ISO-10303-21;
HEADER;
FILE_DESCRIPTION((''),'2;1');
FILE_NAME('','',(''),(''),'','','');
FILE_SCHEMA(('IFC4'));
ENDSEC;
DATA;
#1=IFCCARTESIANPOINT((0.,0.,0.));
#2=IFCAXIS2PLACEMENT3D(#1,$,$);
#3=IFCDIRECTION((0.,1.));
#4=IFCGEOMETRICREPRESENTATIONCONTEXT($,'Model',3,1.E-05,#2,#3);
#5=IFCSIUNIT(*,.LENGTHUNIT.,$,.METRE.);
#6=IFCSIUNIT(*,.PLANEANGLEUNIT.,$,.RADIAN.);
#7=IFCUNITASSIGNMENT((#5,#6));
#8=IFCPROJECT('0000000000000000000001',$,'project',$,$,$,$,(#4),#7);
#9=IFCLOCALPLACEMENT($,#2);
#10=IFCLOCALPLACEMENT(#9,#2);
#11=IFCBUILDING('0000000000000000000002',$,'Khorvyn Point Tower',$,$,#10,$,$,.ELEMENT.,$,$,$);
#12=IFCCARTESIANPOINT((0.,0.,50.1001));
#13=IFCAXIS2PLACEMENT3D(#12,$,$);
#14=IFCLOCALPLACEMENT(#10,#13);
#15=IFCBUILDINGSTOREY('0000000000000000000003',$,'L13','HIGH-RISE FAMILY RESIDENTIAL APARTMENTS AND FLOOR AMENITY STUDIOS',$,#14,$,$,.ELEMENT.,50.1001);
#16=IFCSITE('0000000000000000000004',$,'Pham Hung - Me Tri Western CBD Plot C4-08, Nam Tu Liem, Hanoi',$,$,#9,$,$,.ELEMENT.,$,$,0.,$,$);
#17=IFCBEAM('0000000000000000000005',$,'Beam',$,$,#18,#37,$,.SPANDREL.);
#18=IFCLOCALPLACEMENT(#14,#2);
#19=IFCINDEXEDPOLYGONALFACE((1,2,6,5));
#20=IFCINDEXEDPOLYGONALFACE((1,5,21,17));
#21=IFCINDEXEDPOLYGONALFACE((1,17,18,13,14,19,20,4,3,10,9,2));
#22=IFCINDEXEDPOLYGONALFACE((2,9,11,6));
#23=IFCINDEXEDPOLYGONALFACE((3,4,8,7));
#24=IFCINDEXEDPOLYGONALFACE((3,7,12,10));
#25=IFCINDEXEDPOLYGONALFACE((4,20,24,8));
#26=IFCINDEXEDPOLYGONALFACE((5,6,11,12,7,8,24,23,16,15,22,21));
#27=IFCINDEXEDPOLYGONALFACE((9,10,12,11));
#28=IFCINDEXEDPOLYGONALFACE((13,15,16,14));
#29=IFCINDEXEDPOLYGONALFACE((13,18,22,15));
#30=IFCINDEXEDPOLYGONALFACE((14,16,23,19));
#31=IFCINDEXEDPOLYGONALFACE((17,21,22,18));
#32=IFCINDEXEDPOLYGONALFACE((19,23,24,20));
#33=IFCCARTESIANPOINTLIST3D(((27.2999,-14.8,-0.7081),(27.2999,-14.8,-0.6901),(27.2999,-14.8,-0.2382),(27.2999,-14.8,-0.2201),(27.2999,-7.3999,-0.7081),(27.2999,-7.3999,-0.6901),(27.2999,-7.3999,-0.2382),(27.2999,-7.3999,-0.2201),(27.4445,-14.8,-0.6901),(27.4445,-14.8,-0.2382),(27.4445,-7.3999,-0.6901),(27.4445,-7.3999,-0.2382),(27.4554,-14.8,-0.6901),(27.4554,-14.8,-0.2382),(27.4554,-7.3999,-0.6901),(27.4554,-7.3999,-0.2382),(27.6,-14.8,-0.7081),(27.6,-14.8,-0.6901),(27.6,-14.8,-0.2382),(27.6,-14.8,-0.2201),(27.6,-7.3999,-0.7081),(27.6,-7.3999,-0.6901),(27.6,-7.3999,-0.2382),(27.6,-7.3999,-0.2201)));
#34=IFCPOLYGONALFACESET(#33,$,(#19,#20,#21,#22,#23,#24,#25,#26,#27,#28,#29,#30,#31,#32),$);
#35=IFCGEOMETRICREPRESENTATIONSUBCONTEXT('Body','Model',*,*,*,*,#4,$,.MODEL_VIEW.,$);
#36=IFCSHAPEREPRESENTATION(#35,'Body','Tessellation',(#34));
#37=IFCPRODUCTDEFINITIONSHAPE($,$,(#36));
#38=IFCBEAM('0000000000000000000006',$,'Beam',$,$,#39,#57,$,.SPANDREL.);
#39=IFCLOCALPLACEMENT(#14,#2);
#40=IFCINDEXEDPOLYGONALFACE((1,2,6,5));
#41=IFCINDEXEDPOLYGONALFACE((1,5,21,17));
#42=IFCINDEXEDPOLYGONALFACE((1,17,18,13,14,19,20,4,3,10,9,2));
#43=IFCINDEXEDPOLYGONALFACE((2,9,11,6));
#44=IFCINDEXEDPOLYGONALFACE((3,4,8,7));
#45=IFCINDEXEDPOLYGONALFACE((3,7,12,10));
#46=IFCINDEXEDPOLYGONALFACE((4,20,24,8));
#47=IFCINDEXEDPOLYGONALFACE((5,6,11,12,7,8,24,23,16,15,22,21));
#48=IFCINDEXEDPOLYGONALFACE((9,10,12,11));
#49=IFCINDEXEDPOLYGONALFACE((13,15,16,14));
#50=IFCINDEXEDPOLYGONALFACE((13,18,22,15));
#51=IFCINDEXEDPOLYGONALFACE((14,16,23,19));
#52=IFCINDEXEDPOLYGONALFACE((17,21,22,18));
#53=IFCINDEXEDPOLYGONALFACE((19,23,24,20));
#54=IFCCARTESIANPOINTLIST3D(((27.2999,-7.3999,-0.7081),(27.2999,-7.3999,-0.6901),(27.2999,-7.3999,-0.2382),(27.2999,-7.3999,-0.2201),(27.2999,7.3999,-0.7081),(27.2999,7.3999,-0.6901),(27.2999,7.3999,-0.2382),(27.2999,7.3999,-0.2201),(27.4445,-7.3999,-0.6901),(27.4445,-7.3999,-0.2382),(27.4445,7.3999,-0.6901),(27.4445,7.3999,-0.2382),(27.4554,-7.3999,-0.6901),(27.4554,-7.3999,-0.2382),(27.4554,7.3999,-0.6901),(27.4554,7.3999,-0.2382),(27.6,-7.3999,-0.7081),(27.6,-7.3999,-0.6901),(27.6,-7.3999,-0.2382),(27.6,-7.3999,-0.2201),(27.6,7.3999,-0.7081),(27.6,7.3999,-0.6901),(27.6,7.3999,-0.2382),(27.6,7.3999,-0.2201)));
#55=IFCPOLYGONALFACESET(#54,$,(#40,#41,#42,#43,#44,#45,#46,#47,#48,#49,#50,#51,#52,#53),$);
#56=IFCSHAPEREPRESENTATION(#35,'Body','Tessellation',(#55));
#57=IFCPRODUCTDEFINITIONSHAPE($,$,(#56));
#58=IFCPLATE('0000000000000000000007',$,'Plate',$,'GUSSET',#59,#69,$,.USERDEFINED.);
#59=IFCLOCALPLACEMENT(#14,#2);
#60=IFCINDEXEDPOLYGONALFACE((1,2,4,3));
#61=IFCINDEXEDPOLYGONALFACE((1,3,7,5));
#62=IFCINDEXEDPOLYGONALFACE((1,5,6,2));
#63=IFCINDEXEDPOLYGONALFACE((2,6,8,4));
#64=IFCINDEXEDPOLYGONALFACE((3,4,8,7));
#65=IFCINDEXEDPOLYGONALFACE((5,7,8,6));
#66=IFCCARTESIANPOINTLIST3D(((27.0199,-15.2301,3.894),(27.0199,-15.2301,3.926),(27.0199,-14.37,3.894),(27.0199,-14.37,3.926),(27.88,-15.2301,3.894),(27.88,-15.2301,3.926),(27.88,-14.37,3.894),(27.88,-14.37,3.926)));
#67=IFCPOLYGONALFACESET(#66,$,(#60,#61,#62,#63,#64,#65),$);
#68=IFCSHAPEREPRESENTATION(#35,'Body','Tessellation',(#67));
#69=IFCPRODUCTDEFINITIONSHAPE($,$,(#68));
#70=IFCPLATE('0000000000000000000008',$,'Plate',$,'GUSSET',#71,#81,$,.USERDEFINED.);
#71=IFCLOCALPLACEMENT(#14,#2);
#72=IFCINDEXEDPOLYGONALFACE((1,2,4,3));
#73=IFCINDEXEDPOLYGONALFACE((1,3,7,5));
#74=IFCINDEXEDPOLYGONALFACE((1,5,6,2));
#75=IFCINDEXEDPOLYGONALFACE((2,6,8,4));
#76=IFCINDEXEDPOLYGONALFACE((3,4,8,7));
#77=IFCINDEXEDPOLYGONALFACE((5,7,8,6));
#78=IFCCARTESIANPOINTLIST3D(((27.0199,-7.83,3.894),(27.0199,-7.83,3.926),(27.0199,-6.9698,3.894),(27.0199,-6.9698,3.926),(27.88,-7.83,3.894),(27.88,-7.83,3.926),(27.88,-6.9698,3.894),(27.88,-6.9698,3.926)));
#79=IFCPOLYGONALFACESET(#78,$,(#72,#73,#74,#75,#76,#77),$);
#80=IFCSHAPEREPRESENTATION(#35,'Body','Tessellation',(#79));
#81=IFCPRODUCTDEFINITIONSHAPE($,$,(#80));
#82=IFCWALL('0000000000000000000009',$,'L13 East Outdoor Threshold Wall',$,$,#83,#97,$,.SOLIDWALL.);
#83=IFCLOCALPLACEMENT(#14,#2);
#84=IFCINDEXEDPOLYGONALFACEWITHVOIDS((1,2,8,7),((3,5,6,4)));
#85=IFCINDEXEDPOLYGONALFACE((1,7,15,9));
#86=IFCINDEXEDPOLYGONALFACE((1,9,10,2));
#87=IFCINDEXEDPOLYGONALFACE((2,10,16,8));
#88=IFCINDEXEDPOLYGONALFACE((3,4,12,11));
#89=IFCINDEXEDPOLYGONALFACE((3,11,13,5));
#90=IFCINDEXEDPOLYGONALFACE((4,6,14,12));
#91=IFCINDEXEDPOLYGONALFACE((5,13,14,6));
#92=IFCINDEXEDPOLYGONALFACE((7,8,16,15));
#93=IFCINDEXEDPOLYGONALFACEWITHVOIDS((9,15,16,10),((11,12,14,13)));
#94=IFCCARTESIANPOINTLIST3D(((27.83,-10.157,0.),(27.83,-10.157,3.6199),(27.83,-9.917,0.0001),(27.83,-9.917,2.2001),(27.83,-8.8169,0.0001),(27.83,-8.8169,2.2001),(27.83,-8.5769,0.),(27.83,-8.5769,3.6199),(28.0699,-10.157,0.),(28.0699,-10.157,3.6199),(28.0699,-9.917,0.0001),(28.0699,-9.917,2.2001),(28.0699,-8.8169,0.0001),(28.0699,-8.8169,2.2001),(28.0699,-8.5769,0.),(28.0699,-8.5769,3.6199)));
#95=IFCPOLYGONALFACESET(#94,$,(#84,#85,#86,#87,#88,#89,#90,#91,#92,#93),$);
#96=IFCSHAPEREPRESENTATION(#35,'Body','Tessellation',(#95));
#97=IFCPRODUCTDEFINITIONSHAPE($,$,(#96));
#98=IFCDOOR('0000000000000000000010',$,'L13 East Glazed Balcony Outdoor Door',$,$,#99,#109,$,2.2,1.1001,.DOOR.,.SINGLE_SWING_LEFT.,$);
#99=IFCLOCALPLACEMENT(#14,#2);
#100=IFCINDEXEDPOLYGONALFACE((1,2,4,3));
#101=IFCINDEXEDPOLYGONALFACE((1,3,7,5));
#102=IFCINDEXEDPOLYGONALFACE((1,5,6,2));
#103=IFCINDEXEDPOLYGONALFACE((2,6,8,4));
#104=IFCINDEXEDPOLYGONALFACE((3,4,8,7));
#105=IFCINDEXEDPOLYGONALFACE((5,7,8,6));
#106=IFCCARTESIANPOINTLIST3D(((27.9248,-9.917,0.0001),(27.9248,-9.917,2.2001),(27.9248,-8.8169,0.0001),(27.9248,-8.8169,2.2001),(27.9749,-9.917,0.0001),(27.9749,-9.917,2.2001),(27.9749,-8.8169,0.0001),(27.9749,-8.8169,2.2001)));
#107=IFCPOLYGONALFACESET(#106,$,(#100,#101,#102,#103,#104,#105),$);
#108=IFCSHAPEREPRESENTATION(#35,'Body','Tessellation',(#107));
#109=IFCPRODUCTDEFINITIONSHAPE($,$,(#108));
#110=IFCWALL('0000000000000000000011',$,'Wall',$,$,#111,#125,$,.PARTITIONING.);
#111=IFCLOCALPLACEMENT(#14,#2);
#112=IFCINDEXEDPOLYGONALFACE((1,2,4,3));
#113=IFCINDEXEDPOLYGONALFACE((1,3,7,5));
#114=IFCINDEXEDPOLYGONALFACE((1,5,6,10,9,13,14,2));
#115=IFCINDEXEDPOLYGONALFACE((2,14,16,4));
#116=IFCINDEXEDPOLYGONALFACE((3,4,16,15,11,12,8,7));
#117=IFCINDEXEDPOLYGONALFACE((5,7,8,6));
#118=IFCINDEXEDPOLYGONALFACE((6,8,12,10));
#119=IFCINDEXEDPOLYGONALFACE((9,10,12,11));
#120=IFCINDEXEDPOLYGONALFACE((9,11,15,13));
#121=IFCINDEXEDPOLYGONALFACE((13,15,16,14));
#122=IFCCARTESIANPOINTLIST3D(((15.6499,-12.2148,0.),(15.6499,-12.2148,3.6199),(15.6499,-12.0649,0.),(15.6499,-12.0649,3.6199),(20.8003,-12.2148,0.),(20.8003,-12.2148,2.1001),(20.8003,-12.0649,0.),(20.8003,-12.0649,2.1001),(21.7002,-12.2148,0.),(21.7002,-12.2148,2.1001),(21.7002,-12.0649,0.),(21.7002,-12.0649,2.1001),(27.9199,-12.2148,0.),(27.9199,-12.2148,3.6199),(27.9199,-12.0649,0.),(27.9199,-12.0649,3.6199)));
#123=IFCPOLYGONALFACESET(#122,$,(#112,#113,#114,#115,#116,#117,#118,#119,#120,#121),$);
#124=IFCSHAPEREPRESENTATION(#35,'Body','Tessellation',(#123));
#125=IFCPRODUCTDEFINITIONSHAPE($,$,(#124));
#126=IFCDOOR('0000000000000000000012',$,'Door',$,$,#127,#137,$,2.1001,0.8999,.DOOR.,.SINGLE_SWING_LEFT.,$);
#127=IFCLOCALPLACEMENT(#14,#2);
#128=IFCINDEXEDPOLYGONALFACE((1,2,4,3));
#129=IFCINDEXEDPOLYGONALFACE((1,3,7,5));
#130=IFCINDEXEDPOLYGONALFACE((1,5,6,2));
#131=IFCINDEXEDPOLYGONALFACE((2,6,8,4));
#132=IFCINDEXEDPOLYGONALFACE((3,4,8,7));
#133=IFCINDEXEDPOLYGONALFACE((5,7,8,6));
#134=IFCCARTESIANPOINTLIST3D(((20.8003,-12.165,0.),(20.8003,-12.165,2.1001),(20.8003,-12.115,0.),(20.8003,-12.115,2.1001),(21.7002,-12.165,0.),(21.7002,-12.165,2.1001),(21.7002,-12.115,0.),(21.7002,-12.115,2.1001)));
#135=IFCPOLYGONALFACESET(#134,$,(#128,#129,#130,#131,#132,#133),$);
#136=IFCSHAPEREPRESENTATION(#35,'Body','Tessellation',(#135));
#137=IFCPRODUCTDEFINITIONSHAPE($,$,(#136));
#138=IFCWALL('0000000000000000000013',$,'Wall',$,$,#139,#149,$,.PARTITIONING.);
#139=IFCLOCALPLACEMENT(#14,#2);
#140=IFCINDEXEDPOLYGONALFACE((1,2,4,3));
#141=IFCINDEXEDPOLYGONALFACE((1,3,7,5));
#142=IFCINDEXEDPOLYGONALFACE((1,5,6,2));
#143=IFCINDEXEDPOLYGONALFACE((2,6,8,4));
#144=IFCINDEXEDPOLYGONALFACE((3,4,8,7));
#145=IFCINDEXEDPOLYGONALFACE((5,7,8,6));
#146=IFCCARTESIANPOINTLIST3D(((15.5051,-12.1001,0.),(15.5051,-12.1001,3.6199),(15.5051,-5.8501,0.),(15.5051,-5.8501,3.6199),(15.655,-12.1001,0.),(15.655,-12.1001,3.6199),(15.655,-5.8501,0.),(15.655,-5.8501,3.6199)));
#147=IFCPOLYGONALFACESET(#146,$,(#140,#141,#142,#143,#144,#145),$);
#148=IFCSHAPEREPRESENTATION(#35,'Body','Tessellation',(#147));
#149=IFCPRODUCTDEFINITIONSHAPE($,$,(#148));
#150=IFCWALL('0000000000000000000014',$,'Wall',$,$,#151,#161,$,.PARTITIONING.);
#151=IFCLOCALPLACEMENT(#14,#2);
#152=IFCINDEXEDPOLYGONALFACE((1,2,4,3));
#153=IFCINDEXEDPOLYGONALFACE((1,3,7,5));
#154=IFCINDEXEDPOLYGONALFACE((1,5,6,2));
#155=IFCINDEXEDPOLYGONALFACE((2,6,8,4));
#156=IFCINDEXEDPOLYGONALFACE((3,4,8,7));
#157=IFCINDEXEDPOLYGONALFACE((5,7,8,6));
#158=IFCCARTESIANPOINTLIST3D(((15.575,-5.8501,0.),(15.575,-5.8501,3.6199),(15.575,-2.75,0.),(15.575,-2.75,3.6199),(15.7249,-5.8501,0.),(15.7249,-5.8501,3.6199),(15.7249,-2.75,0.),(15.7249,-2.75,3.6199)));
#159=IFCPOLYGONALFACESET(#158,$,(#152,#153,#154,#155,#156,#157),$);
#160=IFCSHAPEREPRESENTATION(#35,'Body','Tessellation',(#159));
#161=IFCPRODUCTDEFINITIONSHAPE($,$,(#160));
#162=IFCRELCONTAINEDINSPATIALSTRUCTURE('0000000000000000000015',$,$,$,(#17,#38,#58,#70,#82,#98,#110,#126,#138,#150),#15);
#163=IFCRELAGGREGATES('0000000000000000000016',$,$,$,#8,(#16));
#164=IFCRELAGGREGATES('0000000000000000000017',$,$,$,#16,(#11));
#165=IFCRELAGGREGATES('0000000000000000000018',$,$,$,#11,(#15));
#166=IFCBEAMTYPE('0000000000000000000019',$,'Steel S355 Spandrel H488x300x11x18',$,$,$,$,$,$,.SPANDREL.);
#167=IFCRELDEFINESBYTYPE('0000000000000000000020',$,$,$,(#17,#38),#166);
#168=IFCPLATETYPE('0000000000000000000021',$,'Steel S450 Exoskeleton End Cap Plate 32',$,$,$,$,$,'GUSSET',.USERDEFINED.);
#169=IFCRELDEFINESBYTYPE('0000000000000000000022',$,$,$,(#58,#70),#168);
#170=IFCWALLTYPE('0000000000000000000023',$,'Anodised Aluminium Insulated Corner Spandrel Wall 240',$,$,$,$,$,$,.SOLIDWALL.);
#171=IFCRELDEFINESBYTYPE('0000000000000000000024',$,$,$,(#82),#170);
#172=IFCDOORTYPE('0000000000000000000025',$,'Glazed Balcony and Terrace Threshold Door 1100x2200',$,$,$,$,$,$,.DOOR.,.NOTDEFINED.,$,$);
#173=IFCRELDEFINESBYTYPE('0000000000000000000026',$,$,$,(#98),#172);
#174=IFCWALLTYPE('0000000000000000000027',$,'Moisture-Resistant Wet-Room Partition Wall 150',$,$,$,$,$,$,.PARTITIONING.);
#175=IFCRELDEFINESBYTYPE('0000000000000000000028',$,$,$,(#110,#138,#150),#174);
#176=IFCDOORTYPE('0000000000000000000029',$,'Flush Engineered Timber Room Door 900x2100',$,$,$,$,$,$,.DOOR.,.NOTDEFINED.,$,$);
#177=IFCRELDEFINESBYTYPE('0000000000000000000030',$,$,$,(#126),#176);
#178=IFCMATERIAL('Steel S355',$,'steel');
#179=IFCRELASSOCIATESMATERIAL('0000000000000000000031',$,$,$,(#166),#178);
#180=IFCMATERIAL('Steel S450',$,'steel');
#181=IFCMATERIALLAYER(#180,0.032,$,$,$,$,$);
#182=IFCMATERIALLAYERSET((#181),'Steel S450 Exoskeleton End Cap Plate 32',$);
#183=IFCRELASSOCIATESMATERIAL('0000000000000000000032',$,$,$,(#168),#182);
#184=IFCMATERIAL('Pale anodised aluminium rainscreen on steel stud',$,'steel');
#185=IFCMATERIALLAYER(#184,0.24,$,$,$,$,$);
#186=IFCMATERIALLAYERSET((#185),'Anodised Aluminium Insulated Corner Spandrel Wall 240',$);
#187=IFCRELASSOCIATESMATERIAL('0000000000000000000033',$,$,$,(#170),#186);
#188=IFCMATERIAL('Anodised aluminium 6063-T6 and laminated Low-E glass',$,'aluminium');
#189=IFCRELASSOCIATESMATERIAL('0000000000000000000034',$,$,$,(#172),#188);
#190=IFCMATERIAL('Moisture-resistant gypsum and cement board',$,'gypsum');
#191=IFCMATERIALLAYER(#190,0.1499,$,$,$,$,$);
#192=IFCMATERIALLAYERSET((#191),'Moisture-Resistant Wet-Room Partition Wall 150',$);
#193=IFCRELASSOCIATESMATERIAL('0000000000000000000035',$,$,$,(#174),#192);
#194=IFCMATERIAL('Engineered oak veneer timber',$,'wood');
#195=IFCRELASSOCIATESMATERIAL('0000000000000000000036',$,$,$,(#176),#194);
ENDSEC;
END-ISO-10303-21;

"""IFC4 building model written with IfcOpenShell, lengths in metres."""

from ifc_helpers import new_model, si_unit, direction, frame, frame_2d, origin, origin_2d, place, context, subcontext, project, spatial, rectangle, i_section, extrude, material, layer, layer_set, material_profile, profile_set, type_object, element, fill, save


model = new_model("IFC4")

# Units and contexts
model_context = context("Model", 3, precision=1e-05, world=origin(), true_north=direction((0.0, 1.0)))
body_context = subcontext(model_context, "Body", "Model", "MODEL_VIEW")
ifc_project = project(units=[si_unit("LENGTHUNIT", "METRE"), si_unit("PLANEANGLEUNIT", "RADIAN")], contexts=[model_context])

# Site, building, storey
site_placement = place(None, origin())
site = spatial("IfcSite", under=ifc_project, at=site_placement, Name="Pham Hung - Me Tri Western CBD Plot C4-08, Nam Tu Liem, Hanoi", CompositionType="ELEMENT", RefElevation=0.0)
building_placement = place(site_placement, origin())
building = spatial("IfcBuilding", under=site, at=building_placement, Name="Khorvyn Point Tower", CompositionType="ELEMENT")
storey_placement = place(building_placement, frame((0.0, 0.0, 50.1001)))
storey = spatial("IfcBuildingStorey", under=building, at=storey_placement, Name="L13", Description="HIGH-RISE FAMILY RESIDENTIAL APARTMENTS AND FLOOR AMENITY STUDIOS", CompositionType="ELEMENT", Elevation=50.1001)

# Shared definitions
ifc_material_1 = material(Name="Steel S450", Category="steel")

# Shared definitions
ifc_material_2 = material(Name="Anodised aluminium 6063-T6 and laminated Low-E glass", Category="aluminium")

# Beams
ifc_material_3 = material(Name="Steel S355", Category="steel")
ifc_material_profile_1 = material_profile(ifc_material_3, i_section(OverallWidth=0.3, OverallDepth=0.488, WebThickness=0.011, FlangeThickness=0.0181, at=origin_2d()))
ifc_profile_set_1 = profile_set([ifc_material_profile_1], Name="Steel S355 H488x300x11x18")
beam_type_1 = type_object("IfcBeamType", Name="Steel S355 Spandrel H488x300x11x18", PredefinedType="SPANDREL", material=ifc_profile_set_1)
beam_1_placement = place(storey_placement, frame((27.45, -14.8, -0.4641), z_axis=(0.0, 1.0, 0.0), x_axis=(-1.0, 0.0, 0.0)))
element("IfcBeam", 1, at=beam_1_placement, inside=storey, type_object=beam_type_1, Name="Beam", PredefinedType="SPANDREL", context=body_context, shape_type="SweptSolid", body=[
    extrude(i_section(OverallWidth=0.3, OverallDepth=0.488, WebThickness=0.011, FlangeThickness=0.0181, at=origin_2d()), origin(), (0.0, 0.0, 1.0), 7.4001),
])
beam_2_placement = place(storey_placement, frame((27.45, -7.3999, -0.4641), z_axis=(0.0, 1.0, 0.0), x_axis=(-1.0, 0.0, 0.0)))
element("IfcBeam", 2, at=beam_2_placement, inside=storey, type_object=beam_type_1, Name="Beam", PredefinedType="SPANDREL", context=body_context, shape_type="SweptSolid", body=[
    extrude(i_section(OverallWidth=0.3, OverallDepth=0.488, WebThickness=0.011, FlangeThickness=0.0181, at=origin_2d()), origin(), (0.0, 0.0, 1.0), 14.7998),
])

# Plates
ifc_layer_1 = layer(ifc_material_1, 0.032)
ifc_layer_set_1 = layer_set([ifc_layer_1], Name="Steel S450 Exoskeleton End Cap Plate 32")
plate_type = type_object("IfcPlateType", Name="Steel S450 Exoskeleton End Cap Plate 32", ElementType="GUSSET", PredefinedType="USERDEFINED", material=ifc_layer_set_1)
for number, where, z_axis, x_axis, name in (
    (3, (27.45, -14.8, 3.894), (0.0, 0.0, 1.0), (1.0, 0.0, 0.0), "Plate"),
    (4, (27.45, -7.3999, 3.894), (0.0, 0.0, 1.0), (1.0, 0.0, 0.0), "Plate"),
):
    element("IfcPlate", number, at=place(storey_placement, frame(where, z_axis=z_axis, x_axis=x_axis)), inside=storey, type_object=plate_type, Name=name, ObjectType="GUSSET", PredefinedType="USERDEFINED", context=body_context, shape_type="SweptSolid", body=[
        extrude(rectangle(XDim=0.8601, YDim=0.8601, at=origin_2d()), origin(), (0.0, 0.0, 1.0), 0.032),
    ])

# Walls, openings, doors
ifc_material_4 = material(Name="Pale anodised aluminium rainscreen on steel stud", Category="steel")
ifc_layer_2 = layer(ifc_material_4, 0.24)
ifc_layer_set_2 = layer_set([ifc_layer_2], Name="Anodised Aluminium Insulated Corner Spandrel Wall 240")
wall_type_1 = type_object("IfcWallType", Name="Anodised Aluminium Insulated Corner Spandrel Wall 240", PredefinedType="SOLIDWALL", material=ifc_layer_set_2)
wall_1_placement = place(storey_placement, frame((27.95, -8.5769, 0.0), z_axis=(0.0, 0.0, 1.0), x_axis=(0.0, -1.0, 0.0)))
wall_1 = element("IfcWall", 5, at=wall_1_placement, inside=storey, type_object=wall_type_1, Name="L13 East Outdoor Threshold Wall", PredefinedType="SOLIDWALL", context=body_context, shape_type="SweptSolid", body=[
    extrude(rectangle(XDim=1.5801, YDim=0.24, at=frame_2d((0.79, 0.0))), origin(), (0.0, 0.0, 1.0), 3.6199),
])
opening_1_placement = place(wall_1_placement, frame((0.24, 0.0, 0.0)))
opening_1 = element("IfcOpeningElement", 6, at=opening_1_placement, cuts=wall_1, PredefinedType="OPENING", context=body_context, shape_type="SweptSolid", body=[
    extrude(rectangle(XDim=1.1001, YDim=2.2, at=frame_2d((0.55, 1.1001))), frame((0.0, 0.1299, 0.0), z_axis=(0.0, -1.0, 0.0), x_axis=(1.0, 0.0, 0.0)), (0.0, 0.0, 1.0), 0.26),
])
door_type_1 = type_object("IfcDoorType", Name="Glazed Balcony and Terrace Threshold Door 1100x2200", OperationType="NOTDEFINED", PredefinedType="DOOR", material=ifc_material_2)
door_1_placement = place(opening_1_placement, origin())
door_1 = element("IfcDoor", 7, at=door_1_placement, inside=storey, type_object=door_type_1, Name="L13 East Glazed Balcony Outdoor Door", OperationType="SINGLE_SWING_LEFT", OverallHeight=2.2, OverallWidth=1.1001, PredefinedType="DOOR", context=body_context, shape_type="SweptSolid", body=[
    extrude(rectangle(XDim=1.1001, YDim=2.2, at=frame_2d((0.55, 1.1001))), frame((0.0, 0.0249, 0.0), z_axis=(0.0, -1.0, 0.0), x_axis=(1.0, 0.0, 0.0)), (0.0, 0.0, 1.0), 0.05),
])
fill(opening_1, door_1)
ifc_material_5 = material(Name="Moisture-resistant gypsum and cement board", Category="gypsum")
ifc_layer_3 = layer(ifc_material_5, 0.1499)
ifc_layer_set_3 = layer_set([ifc_layer_3], Name="Moisture-Resistant Wet-Room Partition Wall 150")
wall_type_2 = type_object("IfcWallType", Name="Moisture-Resistant Wet-Room Partition Wall 150", PredefinedType="PARTITIONING", material=ifc_layer_set_3)
wall_2_placement = place(storey_placement, frame((15.6499, -12.1399, 0.0), z_axis=(0.0, 0.0, 1.0), x_axis=(1.0, 0.0, 0.0)))
wall_2 = element("IfcWall", 8, at=wall_2_placement, inside=storey, type_object=wall_type_2, Name="Wall", PredefinedType="PARTITIONING", context=body_context, shape_type="SweptSolid", body=[
    extrude(rectangle(XDim=12.27, YDim=0.1499, at=frame_2d((6.135, 0.0))), origin(), (0.0, 0.0, 1.0), 3.6199),
])
opening_2_placement = place(wall_2_placement, frame((5.1504, 0.0, 0.0)))
opening_2 = element("IfcOpeningElement", 9, at=opening_2_placement, cuts=wall_2, PredefinedType="OPENING", context=body_context, shape_type="SweptSolid", body=[
    extrude(rectangle(XDim=0.8999, YDim=2.1001, at=frame_2d((0.45, 1.05))), frame((0.0, 0.085, 0.0), z_axis=(0.0, -1.0, 0.0), x_axis=(1.0, 0.0, 0.0)), (0.0, 0.0, 1.0), 0.1699),
])
ifc_material_6 = material(Name="Engineered oak veneer timber", Category="wood")
door_type_2 = type_object("IfcDoorType", Name="Flush Engineered Timber Room Door 900x2100", OperationType="NOTDEFINED", PredefinedType="DOOR", material=ifc_material_6)
door_2_placement = place(opening_2_placement, origin())
door_2 = element("IfcDoor", 10, at=door_2_placement, inside=storey, type_object=door_type_2, Name="Door", OperationType="SINGLE_SWING_LEFT", OverallHeight=2.1001, OverallWidth=0.8999, PredefinedType="DOOR", context=body_context, shape_type="SweptSolid", body=[
    extrude(rectangle(XDim=0.8999, YDim=2.1001, at=frame_2d((0.45, 1.05))), frame((0.0, 0.0249, 0.0), z_axis=(0.0, -1.0, 0.0), x_axis=(1.0, 0.0, 0.0)), (0.0, 0.0, 1.0), 0.05),
])
fill(opening_2, door_2)

# Walls
wall_3_placement = place(storey_placement, frame((15.5801, -12.1001, 0.0), z_axis=(0.0, 0.0, 1.0), x_axis=(0.0, 1.0, 0.0)))
element("IfcWall", 11, at=wall_3_placement, inside=storey, type_object=wall_type_2, Name="Wall", PredefinedType="PARTITIONING", context=body_context, shape_type="SweptSolid", body=[
    extrude(rectangle(XDim=6.25, YDim=0.1499, at=frame_2d((3.125, 0.0))), origin(), (0.0, 0.0, 1.0), 3.6199),
])
wall_4_placement = place(storey_placement, frame((15.6499, -5.8501, 0.0), z_axis=(0.0, 0.0, 1.0), x_axis=(0.0, 1.0, 0.0)))
element("IfcWall", 12, at=wall_4_placement, inside=storey, type_object=wall_type_2, Name="Wall", PredefinedType="PARTITIONING", context=body_context, shape_type="SweptSolid", body=[
    extrude(rectangle(XDim=3.1001, YDim=0.1499, at=frame_2d((1.55, 0.0))), origin(), (0.0, 0.0, 1.0), 3.6199),
])

save(model, "model.ifc")
